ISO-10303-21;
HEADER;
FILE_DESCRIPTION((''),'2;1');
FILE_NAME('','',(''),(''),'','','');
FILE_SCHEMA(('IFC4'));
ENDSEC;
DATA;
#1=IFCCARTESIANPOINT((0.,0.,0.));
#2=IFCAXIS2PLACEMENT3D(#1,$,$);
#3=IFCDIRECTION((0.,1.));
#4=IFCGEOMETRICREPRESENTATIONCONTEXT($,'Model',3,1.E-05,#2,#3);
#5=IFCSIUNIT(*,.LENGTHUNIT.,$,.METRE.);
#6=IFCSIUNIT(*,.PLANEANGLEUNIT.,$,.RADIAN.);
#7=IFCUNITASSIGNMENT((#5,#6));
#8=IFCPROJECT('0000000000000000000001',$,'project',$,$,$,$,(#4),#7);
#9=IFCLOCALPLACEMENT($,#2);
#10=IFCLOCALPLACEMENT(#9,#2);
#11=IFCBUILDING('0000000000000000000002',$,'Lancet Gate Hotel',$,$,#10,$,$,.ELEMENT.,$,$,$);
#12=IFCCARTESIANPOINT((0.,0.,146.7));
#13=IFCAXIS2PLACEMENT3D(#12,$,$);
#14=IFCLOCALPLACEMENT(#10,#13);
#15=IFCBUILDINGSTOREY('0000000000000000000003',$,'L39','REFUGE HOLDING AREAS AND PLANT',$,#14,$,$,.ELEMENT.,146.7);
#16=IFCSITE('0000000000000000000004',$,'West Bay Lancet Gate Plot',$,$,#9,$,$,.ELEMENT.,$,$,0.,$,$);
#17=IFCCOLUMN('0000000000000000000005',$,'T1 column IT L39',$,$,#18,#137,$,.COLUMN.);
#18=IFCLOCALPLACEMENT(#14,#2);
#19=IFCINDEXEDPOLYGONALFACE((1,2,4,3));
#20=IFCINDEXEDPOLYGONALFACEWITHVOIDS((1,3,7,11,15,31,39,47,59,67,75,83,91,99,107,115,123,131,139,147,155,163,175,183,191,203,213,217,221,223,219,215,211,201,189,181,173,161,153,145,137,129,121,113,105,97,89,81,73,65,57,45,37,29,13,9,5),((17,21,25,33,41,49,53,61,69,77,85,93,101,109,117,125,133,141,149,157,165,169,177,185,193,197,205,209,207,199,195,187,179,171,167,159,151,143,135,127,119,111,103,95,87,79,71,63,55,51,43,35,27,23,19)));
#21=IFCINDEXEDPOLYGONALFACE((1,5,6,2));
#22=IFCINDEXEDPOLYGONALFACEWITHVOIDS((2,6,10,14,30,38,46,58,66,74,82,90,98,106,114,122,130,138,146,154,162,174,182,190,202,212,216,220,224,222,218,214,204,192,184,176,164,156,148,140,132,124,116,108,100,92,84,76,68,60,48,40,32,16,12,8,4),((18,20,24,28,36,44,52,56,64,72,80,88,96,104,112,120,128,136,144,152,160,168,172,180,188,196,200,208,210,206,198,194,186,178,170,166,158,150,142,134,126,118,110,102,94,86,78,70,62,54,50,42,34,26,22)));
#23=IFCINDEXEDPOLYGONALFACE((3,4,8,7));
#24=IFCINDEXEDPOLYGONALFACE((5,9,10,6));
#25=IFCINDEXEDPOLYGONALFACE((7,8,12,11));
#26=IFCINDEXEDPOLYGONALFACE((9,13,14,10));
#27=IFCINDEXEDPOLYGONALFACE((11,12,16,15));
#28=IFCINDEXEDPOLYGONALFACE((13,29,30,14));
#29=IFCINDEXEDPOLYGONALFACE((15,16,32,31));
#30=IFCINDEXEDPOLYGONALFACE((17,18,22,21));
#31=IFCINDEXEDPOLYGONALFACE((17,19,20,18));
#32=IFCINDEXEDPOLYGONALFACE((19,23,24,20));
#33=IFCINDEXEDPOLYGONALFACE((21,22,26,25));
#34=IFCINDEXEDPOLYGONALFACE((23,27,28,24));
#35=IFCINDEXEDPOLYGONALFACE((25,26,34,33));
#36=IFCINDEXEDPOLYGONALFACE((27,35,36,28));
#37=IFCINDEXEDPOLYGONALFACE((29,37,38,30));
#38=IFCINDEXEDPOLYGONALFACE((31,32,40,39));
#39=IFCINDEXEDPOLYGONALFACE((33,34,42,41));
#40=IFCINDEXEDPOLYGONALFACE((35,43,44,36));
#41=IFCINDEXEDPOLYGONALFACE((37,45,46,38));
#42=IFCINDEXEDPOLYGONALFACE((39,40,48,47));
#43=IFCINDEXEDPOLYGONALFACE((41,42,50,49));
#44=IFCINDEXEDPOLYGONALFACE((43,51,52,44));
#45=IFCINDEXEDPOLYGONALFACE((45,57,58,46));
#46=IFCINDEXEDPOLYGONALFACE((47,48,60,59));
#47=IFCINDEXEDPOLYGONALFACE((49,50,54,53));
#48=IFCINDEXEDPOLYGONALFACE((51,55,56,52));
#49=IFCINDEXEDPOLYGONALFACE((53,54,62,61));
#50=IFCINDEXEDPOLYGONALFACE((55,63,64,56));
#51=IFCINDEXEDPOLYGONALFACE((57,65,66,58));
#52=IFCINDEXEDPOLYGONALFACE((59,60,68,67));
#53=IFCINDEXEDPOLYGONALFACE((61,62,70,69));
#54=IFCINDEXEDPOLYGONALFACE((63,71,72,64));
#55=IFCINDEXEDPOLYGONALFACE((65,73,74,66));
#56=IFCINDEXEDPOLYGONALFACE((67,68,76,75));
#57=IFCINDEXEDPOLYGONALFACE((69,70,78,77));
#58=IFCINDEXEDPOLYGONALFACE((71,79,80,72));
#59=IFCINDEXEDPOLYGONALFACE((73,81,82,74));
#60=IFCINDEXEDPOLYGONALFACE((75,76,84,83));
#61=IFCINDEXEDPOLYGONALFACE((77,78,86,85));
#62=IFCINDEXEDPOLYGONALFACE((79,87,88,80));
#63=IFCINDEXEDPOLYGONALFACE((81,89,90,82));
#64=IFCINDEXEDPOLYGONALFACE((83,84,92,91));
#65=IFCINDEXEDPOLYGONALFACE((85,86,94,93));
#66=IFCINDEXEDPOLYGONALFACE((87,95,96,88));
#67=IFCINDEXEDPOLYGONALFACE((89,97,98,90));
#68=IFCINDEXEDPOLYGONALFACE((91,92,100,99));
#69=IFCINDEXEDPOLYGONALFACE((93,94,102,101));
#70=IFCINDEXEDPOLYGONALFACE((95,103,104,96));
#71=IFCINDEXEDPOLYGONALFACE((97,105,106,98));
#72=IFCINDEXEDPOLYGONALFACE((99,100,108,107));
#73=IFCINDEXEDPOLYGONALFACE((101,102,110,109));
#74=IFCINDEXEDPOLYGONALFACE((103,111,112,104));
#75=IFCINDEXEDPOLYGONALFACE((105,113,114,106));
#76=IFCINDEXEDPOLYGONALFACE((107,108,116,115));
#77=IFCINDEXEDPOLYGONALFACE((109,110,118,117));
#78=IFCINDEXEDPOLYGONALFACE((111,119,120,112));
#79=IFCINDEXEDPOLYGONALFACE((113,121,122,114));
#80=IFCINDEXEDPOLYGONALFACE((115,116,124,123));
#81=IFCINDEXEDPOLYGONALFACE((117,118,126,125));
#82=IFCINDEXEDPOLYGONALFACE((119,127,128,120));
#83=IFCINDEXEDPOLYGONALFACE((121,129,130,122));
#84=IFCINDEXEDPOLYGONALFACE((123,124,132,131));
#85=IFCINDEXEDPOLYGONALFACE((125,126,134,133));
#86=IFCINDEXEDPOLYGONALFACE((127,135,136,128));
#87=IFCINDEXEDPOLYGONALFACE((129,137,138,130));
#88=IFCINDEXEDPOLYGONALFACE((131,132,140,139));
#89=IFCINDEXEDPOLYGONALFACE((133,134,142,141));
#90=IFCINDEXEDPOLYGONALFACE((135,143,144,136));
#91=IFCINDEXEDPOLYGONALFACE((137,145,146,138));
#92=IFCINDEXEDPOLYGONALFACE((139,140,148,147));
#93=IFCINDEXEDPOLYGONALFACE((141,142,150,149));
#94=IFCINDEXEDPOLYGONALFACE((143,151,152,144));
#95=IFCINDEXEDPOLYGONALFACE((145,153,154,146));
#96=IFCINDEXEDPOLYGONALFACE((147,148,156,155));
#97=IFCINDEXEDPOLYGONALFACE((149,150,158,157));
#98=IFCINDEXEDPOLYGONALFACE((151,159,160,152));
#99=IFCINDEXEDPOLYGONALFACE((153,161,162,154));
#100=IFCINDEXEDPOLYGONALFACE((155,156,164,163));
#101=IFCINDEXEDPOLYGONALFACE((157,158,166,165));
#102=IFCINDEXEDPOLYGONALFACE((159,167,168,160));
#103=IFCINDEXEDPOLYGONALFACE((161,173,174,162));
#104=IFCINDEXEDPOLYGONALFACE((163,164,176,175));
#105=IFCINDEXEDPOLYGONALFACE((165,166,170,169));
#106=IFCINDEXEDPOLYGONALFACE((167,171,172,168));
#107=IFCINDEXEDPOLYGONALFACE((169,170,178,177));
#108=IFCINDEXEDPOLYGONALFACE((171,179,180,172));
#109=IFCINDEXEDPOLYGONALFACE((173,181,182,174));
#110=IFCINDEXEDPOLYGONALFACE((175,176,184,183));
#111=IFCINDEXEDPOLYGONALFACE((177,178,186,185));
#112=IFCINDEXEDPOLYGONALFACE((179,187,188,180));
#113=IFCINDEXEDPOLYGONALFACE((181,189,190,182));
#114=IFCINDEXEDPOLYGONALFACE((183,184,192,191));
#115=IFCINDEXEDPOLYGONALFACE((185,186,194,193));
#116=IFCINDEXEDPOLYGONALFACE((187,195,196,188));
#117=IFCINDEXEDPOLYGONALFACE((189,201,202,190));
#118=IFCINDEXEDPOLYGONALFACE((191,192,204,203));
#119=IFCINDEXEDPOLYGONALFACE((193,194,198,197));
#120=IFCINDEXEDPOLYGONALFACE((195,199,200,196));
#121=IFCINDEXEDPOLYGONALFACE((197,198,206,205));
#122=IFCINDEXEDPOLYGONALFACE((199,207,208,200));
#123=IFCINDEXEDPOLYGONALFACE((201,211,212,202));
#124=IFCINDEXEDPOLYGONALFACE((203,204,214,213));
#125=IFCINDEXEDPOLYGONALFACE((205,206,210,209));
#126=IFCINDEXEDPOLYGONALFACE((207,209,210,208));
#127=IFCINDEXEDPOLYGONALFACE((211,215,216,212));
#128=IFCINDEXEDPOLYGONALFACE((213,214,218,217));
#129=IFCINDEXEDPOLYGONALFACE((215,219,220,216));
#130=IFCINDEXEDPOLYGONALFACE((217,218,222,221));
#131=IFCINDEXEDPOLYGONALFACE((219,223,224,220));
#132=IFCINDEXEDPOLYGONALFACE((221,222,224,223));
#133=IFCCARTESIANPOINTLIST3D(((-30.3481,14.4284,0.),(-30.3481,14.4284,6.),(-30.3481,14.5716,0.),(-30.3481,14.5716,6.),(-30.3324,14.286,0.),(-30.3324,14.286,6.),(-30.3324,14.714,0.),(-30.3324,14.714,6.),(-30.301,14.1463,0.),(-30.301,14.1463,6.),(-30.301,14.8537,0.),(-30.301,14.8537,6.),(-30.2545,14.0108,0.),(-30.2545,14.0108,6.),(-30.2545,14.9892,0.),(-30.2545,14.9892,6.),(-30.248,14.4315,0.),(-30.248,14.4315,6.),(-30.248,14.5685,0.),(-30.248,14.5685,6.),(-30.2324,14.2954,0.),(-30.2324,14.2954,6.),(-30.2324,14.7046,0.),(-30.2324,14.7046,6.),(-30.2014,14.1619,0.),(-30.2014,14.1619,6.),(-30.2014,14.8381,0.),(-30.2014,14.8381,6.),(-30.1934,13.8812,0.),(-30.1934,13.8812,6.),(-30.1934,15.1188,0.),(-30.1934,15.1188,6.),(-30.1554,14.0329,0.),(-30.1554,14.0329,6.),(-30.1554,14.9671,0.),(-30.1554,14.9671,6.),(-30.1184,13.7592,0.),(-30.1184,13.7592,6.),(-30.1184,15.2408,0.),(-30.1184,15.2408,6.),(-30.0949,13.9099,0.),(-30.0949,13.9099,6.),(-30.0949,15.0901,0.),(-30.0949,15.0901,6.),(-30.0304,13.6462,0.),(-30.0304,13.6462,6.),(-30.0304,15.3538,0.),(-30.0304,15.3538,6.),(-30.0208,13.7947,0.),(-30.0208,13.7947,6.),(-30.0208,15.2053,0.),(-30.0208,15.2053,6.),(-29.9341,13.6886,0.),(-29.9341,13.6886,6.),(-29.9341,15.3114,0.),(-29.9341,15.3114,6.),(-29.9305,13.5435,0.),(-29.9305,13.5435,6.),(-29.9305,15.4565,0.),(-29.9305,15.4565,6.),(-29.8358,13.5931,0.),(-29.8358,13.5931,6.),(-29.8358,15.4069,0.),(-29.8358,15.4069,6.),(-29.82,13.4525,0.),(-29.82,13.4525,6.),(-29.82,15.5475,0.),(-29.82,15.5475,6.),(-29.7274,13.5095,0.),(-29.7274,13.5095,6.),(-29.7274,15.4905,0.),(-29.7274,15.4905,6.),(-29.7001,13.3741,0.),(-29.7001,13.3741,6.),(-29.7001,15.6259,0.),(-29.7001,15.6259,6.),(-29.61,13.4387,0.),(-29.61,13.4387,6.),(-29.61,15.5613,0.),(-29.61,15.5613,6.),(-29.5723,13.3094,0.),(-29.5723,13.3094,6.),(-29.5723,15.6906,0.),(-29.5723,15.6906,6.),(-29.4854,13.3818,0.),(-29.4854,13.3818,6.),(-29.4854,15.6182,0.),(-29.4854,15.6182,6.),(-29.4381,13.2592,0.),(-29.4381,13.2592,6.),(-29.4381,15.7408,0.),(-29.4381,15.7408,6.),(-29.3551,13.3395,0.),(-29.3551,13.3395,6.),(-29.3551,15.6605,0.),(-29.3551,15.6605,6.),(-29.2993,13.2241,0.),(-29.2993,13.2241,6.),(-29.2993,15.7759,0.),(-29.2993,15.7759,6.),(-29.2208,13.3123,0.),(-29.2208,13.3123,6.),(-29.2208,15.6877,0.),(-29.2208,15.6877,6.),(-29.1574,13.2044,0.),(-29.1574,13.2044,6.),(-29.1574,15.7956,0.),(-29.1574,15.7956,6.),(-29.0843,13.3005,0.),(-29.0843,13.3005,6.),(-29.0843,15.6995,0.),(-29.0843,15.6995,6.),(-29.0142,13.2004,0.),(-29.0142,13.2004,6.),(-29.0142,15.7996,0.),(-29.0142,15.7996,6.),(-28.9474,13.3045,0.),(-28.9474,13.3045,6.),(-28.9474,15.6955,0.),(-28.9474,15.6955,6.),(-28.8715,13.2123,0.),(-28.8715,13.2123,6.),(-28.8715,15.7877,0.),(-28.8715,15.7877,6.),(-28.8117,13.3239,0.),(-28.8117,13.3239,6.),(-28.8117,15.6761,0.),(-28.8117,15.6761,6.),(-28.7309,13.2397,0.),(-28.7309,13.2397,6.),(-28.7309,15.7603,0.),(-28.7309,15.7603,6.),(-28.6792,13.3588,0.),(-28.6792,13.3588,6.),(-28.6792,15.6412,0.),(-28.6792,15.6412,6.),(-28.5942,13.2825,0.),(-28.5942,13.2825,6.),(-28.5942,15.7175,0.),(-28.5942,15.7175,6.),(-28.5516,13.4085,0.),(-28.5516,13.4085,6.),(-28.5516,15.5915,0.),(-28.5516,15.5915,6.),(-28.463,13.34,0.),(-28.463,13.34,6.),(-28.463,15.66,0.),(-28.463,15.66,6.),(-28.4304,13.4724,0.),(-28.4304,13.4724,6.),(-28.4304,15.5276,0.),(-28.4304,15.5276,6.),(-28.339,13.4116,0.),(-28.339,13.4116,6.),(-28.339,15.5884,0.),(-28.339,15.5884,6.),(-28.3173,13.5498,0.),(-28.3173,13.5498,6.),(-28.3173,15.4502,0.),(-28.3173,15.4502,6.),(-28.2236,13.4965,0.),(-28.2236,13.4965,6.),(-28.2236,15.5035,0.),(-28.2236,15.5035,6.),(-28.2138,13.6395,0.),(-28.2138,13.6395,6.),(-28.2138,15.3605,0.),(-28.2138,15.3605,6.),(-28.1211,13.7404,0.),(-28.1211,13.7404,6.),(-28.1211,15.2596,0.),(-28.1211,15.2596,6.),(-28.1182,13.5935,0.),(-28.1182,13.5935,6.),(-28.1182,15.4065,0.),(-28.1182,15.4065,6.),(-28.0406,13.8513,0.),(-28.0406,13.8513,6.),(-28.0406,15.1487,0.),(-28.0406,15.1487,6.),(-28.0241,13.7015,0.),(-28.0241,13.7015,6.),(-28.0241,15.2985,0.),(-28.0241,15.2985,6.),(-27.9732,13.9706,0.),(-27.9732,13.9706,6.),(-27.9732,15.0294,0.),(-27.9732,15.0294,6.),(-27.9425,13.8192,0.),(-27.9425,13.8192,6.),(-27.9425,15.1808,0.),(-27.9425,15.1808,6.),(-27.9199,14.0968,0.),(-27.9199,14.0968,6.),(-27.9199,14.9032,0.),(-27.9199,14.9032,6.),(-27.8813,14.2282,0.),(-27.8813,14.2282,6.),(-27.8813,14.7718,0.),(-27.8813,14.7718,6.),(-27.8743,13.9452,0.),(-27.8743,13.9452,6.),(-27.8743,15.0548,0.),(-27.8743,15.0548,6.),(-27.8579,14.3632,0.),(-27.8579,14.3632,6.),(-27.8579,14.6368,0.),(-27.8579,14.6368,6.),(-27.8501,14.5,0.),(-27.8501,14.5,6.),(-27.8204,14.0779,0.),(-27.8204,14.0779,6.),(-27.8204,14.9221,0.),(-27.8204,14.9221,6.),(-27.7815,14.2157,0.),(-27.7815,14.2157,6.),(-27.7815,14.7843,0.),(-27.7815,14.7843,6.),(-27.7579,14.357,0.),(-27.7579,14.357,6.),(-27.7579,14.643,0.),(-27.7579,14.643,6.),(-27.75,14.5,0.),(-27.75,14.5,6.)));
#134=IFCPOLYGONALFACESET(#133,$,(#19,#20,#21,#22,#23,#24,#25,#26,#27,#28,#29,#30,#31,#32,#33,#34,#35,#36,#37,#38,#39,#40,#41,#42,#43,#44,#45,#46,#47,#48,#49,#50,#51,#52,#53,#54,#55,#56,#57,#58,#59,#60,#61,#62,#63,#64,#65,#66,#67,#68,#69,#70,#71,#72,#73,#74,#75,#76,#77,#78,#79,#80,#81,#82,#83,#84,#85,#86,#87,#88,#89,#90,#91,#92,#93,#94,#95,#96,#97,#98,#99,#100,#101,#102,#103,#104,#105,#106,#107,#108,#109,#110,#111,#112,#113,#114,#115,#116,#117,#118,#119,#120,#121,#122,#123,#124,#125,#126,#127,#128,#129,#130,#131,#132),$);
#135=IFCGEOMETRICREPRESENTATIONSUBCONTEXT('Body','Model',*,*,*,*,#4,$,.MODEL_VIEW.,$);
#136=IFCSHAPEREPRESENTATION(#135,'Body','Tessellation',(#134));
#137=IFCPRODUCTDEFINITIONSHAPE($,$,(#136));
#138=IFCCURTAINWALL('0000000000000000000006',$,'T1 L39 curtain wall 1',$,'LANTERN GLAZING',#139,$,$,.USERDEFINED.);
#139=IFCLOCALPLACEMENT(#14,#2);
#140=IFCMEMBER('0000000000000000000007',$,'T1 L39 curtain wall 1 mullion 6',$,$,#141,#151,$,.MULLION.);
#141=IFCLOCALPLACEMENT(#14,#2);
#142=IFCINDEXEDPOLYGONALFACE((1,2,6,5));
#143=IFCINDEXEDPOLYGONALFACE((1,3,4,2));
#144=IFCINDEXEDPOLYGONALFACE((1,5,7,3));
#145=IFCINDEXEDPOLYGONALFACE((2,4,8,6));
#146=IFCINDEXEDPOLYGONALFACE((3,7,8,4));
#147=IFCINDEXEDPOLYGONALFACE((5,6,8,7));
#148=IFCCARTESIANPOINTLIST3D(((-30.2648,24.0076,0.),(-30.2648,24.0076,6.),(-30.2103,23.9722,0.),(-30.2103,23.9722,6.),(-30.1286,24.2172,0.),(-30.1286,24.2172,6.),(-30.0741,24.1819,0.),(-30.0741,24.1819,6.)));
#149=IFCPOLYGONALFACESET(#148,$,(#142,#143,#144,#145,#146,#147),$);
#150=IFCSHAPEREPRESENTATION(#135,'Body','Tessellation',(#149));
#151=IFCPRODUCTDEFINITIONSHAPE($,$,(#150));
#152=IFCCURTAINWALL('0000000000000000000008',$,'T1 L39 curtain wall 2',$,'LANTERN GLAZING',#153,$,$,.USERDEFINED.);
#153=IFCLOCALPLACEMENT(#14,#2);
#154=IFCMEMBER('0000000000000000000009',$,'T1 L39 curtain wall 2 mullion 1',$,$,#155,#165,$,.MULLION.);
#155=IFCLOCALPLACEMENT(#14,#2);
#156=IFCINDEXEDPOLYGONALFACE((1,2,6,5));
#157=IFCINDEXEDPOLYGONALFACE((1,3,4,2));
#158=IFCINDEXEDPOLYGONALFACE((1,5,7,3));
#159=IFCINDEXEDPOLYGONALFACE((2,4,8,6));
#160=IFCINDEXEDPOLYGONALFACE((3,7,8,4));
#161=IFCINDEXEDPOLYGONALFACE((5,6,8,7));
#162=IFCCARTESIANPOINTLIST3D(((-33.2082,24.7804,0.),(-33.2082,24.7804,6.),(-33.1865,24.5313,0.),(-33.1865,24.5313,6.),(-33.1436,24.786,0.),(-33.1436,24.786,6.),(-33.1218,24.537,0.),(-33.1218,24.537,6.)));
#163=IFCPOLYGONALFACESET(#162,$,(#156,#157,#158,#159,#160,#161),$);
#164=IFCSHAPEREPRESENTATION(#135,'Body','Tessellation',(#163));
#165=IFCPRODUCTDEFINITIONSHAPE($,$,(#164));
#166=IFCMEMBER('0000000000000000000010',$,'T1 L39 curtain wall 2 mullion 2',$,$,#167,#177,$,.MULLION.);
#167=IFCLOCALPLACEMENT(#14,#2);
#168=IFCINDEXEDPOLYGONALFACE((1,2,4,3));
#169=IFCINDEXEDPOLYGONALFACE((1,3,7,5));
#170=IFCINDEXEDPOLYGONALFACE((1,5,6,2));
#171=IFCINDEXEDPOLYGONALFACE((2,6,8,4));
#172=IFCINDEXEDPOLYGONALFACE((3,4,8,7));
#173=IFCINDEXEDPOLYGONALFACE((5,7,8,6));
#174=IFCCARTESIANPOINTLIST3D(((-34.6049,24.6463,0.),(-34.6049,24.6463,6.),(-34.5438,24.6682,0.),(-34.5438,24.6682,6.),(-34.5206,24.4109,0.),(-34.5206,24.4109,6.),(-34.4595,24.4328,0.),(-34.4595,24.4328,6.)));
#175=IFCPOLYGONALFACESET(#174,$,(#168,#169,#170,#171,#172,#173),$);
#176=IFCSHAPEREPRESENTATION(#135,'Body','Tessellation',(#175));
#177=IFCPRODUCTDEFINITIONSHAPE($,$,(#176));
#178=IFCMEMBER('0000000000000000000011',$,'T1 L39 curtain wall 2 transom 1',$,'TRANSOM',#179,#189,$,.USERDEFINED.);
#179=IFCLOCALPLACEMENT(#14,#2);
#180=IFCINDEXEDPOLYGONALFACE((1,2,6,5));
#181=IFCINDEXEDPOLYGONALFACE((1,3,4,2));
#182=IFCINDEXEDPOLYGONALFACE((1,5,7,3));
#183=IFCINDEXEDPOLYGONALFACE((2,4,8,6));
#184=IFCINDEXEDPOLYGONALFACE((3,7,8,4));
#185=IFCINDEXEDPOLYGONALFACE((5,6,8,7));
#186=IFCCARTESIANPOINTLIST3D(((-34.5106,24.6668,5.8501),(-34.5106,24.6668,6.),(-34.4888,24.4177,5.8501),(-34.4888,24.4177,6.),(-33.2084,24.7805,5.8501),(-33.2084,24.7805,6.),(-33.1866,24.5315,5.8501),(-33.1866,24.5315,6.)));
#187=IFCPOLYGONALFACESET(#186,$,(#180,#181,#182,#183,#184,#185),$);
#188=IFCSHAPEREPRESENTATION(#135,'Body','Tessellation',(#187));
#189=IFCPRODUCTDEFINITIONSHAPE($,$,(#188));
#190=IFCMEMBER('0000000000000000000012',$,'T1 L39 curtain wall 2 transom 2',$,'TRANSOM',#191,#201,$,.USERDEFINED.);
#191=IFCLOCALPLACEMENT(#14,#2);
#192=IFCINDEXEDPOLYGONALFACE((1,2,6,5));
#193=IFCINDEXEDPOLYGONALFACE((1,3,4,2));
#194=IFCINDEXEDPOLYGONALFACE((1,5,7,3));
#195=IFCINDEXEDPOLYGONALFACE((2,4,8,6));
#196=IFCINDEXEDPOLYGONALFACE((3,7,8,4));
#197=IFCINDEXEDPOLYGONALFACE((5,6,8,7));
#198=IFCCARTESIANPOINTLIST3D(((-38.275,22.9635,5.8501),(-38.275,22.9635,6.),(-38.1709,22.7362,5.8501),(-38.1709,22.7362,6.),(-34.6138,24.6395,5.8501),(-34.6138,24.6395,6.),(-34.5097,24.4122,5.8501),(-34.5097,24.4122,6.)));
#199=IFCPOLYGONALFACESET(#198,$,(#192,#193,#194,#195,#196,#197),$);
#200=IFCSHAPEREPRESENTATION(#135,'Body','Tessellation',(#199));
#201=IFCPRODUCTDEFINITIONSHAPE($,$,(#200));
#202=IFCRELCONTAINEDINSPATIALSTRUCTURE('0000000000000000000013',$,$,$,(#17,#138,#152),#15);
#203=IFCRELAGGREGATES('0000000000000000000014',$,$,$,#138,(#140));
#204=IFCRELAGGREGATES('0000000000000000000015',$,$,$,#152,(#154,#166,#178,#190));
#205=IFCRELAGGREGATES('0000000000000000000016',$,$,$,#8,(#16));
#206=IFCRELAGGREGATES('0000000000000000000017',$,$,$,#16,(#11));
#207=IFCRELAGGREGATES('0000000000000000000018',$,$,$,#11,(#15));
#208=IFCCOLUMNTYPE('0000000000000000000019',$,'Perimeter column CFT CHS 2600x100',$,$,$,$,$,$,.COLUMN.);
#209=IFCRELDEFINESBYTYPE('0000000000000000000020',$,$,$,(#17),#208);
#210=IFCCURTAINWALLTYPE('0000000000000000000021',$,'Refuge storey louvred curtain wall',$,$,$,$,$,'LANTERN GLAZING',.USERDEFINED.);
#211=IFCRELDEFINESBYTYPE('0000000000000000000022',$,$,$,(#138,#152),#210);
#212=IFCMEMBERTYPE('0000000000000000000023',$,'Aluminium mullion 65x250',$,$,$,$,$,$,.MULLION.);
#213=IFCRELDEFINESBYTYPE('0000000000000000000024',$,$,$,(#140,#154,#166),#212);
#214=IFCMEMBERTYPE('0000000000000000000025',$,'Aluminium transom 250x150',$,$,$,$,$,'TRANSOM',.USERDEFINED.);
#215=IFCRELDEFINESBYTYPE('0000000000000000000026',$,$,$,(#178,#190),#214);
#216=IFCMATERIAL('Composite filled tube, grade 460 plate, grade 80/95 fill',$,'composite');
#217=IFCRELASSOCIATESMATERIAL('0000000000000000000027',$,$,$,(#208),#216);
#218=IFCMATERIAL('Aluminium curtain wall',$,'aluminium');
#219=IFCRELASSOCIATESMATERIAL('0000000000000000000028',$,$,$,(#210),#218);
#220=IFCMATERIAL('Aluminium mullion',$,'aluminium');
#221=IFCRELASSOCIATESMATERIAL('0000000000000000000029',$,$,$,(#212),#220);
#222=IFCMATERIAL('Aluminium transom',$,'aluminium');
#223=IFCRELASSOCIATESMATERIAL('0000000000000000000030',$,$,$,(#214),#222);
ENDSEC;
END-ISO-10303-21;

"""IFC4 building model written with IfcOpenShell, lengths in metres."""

from ifc_helpers import new_model, si_unit, direction, frame, origin, origin_2d, place, context, subcontext, project, spatial, rectangle, hollow_circle, extrude, material, material_profile, profile_set, type_object, element, aggregate, save


model = new_model("IFC4")

# Units and contexts
model_context = context("Model", 3, precision=1e-05, world=origin(), true_north=direction((0.0, 1.0)))
body_context = subcontext(model_context, "Body", "Model", "MODEL_VIEW")
ifc_project = project(units=[si_unit("LENGTHUNIT", "METRE"), si_unit("PLANEANGLEUNIT", "RADIAN")], contexts=[model_context])

# Site, building, storey
site_placement = place(None, origin())
site = spatial("IfcSite", under=ifc_project, at=site_placement, Name="West Bay Lancet Gate Plot", CompositionType="ELEMENT", RefElevation=0.0)
building_placement = place(site_placement, origin())
building = spatial("IfcBuilding", under=site, at=building_placement, Name="Lancet Gate Hotel", CompositionType="ELEMENT")
storey_placement = place(building_placement, frame((0.0, 0.0, 146.7)))
storey = spatial("IfcBuildingStorey", under=building, at=storey_placement, Name="L39", Description="REFUGE HOLDING AREAS AND PLANT", CompositionType="ELEMENT", Elevation=146.7)

# Column
ifc_material_1 = material(Name="Composite filled tube, grade 460 plate, grade 80/95 fill", Category="composite")
ifc_material_profile_1 = material_profile(ifc_material_1, hollow_circle(Radius=1.3, WallThickness=0.1001, at=origin_2d()), Name="CHS 2600x100")
ifc_profile_set_1 = profile_set([ifc_material_profile_1], Name="Composite filled tube, grade 460 plate, grade 80/95 fill")
column_type = type_object("IfcColumnType", Name="Perimeter column CFT CHS 2600x100", PredefinedType="COLUMN", material=ifc_profile_set_1)
for number, where, z_axis, x_axis, name in (
    (1, (-29.05, 14.5, 0.0), (0.0, 0.0, 1.0), (1.0, 0.0, 0.0), "T1 column IT L39"),
):
    element("IfcColumn", number, at=place(storey_placement, frame(where, z_axis=z_axis, x_axis=x_axis)), inside=storey, type_object=column_type, Name=name, PredefinedType="COLUMN", context=body_context, shape_type="SweptSolid", body=[
        extrude(hollow_circle(Radius=1.3, WallThickness=0.1001, at=origin_2d()), origin(), (0.0, 0.0, 1.0), 6.0),
    ])

# Curtain wall, member
ifc_material_2 = material(Name="Aluminium curtain wall", Category="aluminium")
curtain_wall_type = type_object("IfcCurtainWallType", Name="Refuge storey louvred curtain wall", ElementType="LANTERN GLAZING", PredefinedType="USERDEFINED", material=ifc_material_2)
curtain_wall_1_placement = place(storey_placement, origin())
curtain_wall_1 = element("IfcCurtainWall", 2, at=curtain_wall_1_placement, inside=storey, type_object=curtain_wall_type, Name="T1 L39 curtain wall 1", ObjectType="LANTERN GLAZING", PredefinedType="USERDEFINED")
ifc_material_3 = material(Name="Aluminium mullion", Category="aluminium")
ifc_material_profile_2 = material_profile(ifc_material_3, rectangle(XDim=0.0649, YDim=0.25, at=origin_2d()), Name="MULLION 65x250")
ifc_profile_set_2 = profile_set([ifc_material_profile_2], Name="Aluminium mullion")
member_type_1 = type_object("IfcMemberType", Name="Aluminium mullion 65x250", PredefinedType="MULLION", material=ifc_profile_set_2)
member_1_placement = place(storey_placement, frame((-30.1694, 24.0947, 0.0), z_axis=(0.0, 0.0, 1.0), x_axis=(-0.83858, 0.544778, 0.0)))
member_1 = element("IfcMember", 3, at=member_1_placement, type_object=member_type_1, Name="T1 L39 curtain wall 1 mullion 6", PredefinedType="MULLION", context=body_context, shape_type="SweptSolid", body=[
    extrude(rectangle(XDim=0.0649, YDim=0.25, at=origin_2d()), origin(), (0.0, 0.0, 1.0), 6.0),
])

# Curtain wall, members
curtain_wall_2_placement = place(storey_placement, origin())
curtain_wall_2 = element("IfcCurtainWall", 4, at=curtain_wall_2_placement, inside=storey, type_object=curtain_wall_type, Name="T1 L39 curtain wall 2", ObjectType="LANTERN GLAZING", PredefinedType="USERDEFINED")
member_2_placement = place(storey_placement, frame((-33.165, 24.6587, 0.0), z_axis=(0.0, 0.0, 1.0), x_axis=(-0.996219, -0.08688, 0.0)))
member_2 = element("IfcMember", 5, at=member_2_placement, type_object=member_type_1, Name="T1 L39 curtain wall 2 mullion 1", PredefinedType="MULLION", context=body_context, shape_type="SweptSolid", body=[
    extrude(rectangle(XDim=0.0649, YDim=0.25, at=origin_2d()), origin(), (0.0, 0.0, 1.0), 6.0),
])
member_3_placement = place(storey_placement, frame((-34.5322, 24.5396, 0.0), z_axis=(0.0, 0.0, 1.0), x_axis=(-0.941424, -0.337225, 0.0)))
member_3 = element("IfcMember", 6, at=member_3_placement, type_object=member_type_1, Name="T1 L39 curtain wall 2 mullion 2", PredefinedType="MULLION", context=body_context, shape_type="SweptSolid", body=[
    extrude(rectangle(XDim=0.0649, YDim=0.25, at=origin_2d()), origin(), (0.0, 0.0, 1.0), 6.0),
])
ifc_material_4 = material(Name="Aluminium transom", Category="aluminium")
ifc_material_profile_3 = material_profile(ifc_material_4, rectangle(XDim=0.25, YDim=0.1499, at=origin_2d()), Name="TRANSOM 250x150")
ifc_profile_set_3 = profile_set([ifc_material_profile_3], Name="Aluminium transom")
member_type_2 = type_object("IfcMemberType", Name="Aluminium transom 250x150", ElementType="TRANSOM", PredefinedType="USERDEFINED", material=ifc_profile_set_3)
member_4_placement = place(storey_placement, frame((-33.1975, 24.656, 5.925), z_axis=(-0.996205, -0.087033, 0.0), x_axis=(0.087033, -0.996205, 0.0)))
member_4 = element("IfcMember", 7, at=member_4_placement, type_object=member_type_2, Name="T1 L39 curtain wall 2 transom 1", ObjectType="TRANSOM", PredefinedType="USERDEFINED", context=body_context, shape_type="SweptSolid", body=[
    extrude(rectangle(XDim=0.25, YDim=0.1499, at=origin_2d()), origin(), (0.0, 0.0, 1.0), 1.3071),
])
member_5_placement = place(storey_placement, frame((-34.5618, 24.5259, 5.925), z_axis=(-0.909252, -0.416245, 0.0), x_axis=(0.416245, -0.909252, 0.0)))
member_5 = element("IfcMember", 8, at=member_5_placement, type_object=member_type_2, Name="T1 L39 curtain wall 2 transom 2", ObjectType="TRANSOM", PredefinedType="USERDEFINED", context=body_context, shape_type="SweptSolid", body=[
    extrude(rectangle(XDim=0.25, YDim=0.1499, at=origin_2d()), origin(), (0.0, 0.0, 1.0), 4.0266),
])

aggregate(curtain_wall_1, [member_1])
aggregate(curtain_wall_2, [member_2, member_3, member_4, member_5])

save(model, "model.ifc")
